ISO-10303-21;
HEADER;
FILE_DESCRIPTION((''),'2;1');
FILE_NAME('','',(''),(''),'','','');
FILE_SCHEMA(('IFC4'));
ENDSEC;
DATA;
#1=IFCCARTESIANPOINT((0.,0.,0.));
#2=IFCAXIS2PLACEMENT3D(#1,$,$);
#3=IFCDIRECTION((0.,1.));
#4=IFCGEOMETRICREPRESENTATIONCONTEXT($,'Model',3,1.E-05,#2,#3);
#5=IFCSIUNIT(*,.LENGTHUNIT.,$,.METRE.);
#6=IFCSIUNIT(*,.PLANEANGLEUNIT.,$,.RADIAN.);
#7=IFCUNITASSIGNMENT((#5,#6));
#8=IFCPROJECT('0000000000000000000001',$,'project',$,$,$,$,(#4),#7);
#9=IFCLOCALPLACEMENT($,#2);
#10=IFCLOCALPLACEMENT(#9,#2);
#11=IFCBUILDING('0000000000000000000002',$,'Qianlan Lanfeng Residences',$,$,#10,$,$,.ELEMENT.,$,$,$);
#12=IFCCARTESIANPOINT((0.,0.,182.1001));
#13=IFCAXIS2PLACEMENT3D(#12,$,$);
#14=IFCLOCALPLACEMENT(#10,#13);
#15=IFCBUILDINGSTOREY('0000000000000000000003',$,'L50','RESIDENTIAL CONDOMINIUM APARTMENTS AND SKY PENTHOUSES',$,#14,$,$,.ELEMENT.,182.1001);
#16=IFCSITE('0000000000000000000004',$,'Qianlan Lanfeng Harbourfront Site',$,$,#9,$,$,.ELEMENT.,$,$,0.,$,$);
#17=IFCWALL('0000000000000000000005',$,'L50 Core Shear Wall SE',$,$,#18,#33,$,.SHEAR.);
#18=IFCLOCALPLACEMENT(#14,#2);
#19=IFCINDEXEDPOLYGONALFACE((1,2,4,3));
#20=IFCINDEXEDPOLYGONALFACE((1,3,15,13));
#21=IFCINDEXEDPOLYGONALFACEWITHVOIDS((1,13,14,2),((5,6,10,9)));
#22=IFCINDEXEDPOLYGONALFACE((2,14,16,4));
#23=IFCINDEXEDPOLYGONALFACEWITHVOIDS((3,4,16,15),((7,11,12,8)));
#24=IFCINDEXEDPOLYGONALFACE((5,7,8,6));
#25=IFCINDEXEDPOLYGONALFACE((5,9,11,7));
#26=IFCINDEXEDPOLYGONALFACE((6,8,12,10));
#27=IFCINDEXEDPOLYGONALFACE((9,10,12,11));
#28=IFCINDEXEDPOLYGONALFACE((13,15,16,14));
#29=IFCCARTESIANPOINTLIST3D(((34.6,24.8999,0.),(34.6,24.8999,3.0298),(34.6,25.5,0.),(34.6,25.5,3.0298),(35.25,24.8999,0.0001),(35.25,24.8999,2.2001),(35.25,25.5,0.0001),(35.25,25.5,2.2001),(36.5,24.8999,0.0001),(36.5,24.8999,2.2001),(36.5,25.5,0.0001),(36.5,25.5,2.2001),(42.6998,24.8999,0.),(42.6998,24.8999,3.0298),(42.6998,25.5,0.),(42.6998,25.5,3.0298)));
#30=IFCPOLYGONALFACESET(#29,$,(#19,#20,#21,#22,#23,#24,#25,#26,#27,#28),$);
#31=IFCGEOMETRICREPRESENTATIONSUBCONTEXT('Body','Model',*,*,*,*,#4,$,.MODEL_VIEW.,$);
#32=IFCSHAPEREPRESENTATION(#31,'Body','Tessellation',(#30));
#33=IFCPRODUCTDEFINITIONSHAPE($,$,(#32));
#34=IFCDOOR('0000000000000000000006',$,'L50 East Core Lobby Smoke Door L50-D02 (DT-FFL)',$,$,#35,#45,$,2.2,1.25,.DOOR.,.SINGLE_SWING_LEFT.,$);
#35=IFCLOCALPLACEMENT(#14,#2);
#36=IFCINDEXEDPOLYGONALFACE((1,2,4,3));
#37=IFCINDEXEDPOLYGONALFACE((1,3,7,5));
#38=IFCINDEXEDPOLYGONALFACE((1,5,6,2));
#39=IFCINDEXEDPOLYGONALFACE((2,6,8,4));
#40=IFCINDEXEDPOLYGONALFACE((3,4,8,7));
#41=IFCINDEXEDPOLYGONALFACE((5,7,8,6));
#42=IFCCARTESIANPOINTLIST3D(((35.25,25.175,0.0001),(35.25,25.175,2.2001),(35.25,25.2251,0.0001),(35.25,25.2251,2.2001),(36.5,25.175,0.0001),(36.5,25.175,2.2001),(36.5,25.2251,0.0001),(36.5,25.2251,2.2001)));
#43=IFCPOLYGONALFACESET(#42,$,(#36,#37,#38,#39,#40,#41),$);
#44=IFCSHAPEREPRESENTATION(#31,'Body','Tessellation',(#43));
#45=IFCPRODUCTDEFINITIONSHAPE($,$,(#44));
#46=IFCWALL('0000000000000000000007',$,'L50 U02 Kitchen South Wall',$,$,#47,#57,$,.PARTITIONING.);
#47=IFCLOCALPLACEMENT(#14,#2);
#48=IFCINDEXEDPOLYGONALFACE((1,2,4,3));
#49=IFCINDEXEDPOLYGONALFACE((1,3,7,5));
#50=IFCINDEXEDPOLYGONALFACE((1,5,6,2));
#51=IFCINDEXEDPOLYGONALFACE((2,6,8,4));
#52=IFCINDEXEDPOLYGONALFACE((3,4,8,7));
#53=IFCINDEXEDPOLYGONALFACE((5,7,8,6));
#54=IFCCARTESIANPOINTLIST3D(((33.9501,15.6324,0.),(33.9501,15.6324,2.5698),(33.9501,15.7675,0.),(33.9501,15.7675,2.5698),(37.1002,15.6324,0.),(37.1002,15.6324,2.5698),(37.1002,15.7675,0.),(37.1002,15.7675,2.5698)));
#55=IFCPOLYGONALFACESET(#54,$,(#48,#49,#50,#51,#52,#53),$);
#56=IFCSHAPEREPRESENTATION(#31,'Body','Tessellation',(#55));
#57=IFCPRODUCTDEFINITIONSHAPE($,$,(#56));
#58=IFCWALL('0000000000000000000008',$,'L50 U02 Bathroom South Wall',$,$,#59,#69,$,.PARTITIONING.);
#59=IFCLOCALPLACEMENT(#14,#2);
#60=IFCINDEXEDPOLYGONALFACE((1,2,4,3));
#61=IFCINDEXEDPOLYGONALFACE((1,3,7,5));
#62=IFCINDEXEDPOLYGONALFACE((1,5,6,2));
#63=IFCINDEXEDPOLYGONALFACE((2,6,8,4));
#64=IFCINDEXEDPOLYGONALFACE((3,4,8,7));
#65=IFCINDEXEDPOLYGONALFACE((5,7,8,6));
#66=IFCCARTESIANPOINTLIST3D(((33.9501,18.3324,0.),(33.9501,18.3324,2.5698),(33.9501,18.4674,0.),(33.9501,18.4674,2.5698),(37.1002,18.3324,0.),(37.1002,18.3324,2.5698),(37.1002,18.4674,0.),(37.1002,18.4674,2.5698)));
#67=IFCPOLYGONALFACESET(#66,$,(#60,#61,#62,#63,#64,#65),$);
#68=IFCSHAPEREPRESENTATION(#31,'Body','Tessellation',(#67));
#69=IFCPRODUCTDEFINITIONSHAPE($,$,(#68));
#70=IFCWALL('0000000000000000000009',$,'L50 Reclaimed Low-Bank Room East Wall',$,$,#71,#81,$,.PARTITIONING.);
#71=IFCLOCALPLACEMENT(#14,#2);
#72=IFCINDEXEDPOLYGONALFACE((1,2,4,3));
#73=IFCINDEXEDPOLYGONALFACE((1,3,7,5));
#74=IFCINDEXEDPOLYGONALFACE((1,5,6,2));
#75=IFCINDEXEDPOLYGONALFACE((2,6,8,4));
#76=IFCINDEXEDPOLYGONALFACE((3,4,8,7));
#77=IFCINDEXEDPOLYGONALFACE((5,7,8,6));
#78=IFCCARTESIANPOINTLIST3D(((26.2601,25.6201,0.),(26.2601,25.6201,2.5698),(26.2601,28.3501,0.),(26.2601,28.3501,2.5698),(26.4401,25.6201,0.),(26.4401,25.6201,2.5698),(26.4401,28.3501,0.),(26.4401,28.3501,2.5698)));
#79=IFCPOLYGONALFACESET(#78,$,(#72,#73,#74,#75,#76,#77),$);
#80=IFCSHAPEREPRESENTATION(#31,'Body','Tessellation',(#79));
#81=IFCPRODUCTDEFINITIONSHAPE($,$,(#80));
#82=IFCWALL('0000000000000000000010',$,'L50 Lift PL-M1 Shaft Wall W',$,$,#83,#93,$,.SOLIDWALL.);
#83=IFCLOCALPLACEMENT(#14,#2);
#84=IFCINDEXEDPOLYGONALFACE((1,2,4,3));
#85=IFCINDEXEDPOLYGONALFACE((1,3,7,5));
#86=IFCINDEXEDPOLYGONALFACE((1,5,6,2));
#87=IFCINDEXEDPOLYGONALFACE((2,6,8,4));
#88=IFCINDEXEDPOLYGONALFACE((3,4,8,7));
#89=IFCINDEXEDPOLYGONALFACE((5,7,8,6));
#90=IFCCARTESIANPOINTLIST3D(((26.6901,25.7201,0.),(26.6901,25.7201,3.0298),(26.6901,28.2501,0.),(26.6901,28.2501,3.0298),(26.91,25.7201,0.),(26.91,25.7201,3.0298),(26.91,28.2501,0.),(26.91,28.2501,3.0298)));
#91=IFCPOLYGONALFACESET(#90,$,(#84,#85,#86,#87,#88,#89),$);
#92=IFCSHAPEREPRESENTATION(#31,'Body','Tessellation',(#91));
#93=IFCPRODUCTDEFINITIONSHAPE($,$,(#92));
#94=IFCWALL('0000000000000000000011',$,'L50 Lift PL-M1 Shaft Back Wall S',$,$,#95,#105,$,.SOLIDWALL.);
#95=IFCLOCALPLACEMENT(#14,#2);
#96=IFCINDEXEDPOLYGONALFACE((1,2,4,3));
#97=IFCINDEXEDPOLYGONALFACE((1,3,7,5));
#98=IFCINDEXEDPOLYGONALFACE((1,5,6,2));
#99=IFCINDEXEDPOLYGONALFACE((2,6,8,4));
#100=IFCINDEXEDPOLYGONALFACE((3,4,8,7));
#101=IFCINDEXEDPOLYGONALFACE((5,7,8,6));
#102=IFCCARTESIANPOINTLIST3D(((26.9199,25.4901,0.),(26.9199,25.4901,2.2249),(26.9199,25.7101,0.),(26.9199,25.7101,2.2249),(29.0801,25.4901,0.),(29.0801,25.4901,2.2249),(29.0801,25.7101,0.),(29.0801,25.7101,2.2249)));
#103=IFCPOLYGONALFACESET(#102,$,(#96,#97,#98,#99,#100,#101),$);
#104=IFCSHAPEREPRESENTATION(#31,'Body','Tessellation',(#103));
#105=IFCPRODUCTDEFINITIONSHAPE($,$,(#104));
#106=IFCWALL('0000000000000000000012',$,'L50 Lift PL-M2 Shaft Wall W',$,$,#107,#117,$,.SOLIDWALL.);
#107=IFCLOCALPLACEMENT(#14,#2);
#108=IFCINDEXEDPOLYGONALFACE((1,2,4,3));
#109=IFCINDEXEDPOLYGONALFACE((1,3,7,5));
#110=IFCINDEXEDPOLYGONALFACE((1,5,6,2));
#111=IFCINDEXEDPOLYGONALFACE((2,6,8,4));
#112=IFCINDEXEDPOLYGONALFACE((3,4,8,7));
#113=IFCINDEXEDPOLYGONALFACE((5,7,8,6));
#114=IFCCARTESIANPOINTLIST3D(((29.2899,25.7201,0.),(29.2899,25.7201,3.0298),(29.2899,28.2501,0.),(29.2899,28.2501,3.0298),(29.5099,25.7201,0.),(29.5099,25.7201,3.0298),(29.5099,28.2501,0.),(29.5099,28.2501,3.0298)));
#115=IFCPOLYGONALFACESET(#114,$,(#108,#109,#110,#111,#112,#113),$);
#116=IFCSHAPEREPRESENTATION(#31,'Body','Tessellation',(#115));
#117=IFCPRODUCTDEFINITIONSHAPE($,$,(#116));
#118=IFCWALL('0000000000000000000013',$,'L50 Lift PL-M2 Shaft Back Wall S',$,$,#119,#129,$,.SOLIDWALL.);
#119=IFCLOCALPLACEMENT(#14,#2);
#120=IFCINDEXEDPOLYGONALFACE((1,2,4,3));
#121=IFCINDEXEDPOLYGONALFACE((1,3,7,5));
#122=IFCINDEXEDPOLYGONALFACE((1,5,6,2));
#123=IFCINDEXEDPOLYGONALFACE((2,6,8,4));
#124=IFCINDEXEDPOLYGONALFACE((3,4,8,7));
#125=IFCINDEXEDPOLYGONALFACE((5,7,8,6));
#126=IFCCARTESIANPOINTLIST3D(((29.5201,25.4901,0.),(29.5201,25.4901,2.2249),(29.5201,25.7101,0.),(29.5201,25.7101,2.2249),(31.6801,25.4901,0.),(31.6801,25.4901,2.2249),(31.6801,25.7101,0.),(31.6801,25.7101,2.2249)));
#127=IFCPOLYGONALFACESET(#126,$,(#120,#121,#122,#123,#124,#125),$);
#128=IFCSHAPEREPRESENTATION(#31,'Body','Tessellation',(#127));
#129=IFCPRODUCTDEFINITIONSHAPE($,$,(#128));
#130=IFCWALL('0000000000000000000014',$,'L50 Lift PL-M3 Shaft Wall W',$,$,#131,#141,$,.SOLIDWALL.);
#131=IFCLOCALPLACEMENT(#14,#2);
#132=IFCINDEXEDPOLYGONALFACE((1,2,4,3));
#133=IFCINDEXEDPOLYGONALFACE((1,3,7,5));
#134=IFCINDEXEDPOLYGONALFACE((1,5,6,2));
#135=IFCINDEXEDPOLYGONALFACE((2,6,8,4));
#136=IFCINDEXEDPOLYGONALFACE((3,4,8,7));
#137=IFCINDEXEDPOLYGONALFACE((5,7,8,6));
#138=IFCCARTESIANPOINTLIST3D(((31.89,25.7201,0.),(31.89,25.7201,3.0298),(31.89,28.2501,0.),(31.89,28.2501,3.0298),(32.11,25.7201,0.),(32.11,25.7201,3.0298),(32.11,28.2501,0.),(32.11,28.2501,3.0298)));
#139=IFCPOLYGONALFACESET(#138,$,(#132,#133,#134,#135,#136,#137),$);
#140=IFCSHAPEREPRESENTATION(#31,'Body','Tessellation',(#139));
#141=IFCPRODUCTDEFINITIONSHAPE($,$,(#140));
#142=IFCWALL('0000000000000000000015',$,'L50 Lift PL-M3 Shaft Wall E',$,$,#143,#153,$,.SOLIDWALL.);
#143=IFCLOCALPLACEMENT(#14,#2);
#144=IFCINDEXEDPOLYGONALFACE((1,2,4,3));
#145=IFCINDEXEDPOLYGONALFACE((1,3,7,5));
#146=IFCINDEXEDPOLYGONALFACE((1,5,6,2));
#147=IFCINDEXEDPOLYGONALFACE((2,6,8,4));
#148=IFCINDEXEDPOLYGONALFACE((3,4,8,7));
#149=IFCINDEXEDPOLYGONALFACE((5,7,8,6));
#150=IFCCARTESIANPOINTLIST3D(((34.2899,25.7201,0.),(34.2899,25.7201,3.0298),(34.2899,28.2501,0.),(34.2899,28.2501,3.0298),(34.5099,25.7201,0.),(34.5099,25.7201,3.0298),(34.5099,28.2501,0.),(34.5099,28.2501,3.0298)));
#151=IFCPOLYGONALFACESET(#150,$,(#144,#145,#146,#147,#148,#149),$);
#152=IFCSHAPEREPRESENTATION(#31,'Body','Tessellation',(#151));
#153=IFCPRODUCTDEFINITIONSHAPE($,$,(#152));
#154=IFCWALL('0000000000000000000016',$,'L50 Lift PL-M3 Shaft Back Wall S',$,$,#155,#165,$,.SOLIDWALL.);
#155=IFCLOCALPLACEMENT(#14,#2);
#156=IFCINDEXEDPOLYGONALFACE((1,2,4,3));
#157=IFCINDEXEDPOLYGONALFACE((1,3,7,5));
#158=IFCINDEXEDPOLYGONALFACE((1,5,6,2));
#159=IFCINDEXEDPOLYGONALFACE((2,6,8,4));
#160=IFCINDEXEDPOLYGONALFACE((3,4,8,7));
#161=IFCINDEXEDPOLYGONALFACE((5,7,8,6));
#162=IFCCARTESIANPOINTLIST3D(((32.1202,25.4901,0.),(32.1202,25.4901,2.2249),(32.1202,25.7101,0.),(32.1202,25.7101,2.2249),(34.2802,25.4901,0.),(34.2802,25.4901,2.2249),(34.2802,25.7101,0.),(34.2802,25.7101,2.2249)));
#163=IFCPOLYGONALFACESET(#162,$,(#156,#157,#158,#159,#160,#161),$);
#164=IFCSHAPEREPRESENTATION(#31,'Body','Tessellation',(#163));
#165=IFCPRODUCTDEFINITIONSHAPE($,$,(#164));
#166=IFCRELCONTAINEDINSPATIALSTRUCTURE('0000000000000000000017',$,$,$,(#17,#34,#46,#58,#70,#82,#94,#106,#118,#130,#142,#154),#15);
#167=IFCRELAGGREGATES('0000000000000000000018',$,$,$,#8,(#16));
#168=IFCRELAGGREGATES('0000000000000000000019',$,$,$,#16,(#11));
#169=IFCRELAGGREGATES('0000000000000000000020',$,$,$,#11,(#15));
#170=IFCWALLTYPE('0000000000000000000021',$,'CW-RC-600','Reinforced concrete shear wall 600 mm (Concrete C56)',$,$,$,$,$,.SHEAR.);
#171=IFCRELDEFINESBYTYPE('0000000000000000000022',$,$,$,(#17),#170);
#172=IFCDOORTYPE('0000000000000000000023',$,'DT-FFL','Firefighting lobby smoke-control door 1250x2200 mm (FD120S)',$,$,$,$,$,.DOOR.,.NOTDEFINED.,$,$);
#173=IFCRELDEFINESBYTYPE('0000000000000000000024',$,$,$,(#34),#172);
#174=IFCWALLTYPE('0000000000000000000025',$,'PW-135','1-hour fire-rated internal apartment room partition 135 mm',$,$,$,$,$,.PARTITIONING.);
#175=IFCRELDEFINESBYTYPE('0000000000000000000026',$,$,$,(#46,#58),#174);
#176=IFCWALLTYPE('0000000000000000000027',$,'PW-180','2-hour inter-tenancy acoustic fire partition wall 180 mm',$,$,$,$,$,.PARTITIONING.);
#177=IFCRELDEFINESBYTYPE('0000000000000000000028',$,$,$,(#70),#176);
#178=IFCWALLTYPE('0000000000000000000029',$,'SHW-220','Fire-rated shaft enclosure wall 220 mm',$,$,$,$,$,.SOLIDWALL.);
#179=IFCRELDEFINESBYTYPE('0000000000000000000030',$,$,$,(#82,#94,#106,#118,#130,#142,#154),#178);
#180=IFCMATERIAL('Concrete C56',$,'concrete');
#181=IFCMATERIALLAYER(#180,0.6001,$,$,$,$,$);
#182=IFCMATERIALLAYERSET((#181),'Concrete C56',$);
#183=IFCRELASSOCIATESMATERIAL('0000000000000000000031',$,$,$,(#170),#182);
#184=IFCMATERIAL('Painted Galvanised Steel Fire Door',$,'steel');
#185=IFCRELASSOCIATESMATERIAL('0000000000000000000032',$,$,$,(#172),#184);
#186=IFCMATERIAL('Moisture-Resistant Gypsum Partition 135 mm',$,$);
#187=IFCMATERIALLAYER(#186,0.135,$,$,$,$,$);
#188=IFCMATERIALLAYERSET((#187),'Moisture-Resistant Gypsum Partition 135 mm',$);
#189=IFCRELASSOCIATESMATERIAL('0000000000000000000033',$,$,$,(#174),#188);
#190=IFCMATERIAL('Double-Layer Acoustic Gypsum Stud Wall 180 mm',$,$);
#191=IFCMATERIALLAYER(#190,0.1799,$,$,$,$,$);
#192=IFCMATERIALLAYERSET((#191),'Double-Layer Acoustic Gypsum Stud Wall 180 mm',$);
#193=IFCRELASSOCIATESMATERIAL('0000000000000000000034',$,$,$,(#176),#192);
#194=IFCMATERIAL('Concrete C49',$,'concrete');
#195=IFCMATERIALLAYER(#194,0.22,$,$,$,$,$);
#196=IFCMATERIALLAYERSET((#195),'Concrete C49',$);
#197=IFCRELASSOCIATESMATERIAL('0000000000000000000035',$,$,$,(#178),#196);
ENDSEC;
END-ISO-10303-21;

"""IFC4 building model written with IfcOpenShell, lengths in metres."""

from ifc_helpers import new_model, si_unit, direction, frame, frame_2d, origin, place, context, subcontext, project, spatial, rectangle, extrude, material, layer, layer_set, type_object, element, fill, save


model = new_model("IFC4")

# Units and contexts
model_context = context("Model", 3, precision=1e-05, world=origin(), true_north=direction((0.0, 1.0)))
body_context = subcontext(model_context, "Body", "Model", "MODEL_VIEW")
ifc_project = project(units=[si_unit("LENGTHUNIT", "METRE"), si_unit("PLANEANGLEUNIT", "RADIAN")], contexts=[model_context])

# Site, building, storey
site_placement = place(None, origin())
site = spatial("IfcSite", under=ifc_project, at=site_placement, Name="Qianlan Lanfeng Harbourfront Site", CompositionType="ELEMENT", RefElevation=0.0)
building_placement = place(site_placement, origin())
building = spatial("IfcBuilding", under=site, at=building_placement, Name="Qianlan Lanfeng Residences", CompositionType="ELEMENT")
storey_placement = place(building_placement, frame((0.0, 0.0, 182.1001)))
storey = spatial("IfcBuildingStorey", under=building, at=storey_placement, Name="L50", Description="RESIDENTIAL CONDOMINIUM APARTMENTS AND SKY PENTHOUSES", CompositionType="ELEMENT", Elevation=182.1001)

# Shared definitions
ifc_material_1 = material(Name="Concrete C49", Category="concrete")

# Wall, opening, door
ifc_material_2 = material(Name="Concrete C56", Category="concrete")
ifc_layer_1 = layer(ifc_material_2, 0.6001)
ifc_layer_set_1 = layer_set([ifc_layer_1], Name="Concrete C56")
wall_type_1 = type_object("IfcWallType", Name="CW-RC-600", Description="Reinforced concrete shear wall 600 mm (Concrete C56)", PredefinedType="SHEAR", material=ifc_layer_set_1)
wall_1_placement = place(storey_placement, frame((34.6001, 25.2, 0.0), z_axis=(0.0, 0.0, 1.0), x_axis=(1.0, 0.0, 0.0)))
wall_1 = element("IfcWall", 1, at=wall_1_placement, inside=storey, type_object=wall_type_1, Name="L50 Core Shear Wall SE", PredefinedType="SHEAR", context=body_context, shape_type="SweptSolid", body=[
    extrude(rectangle(XDim=8.0999, YDim=0.6001, at=frame_2d((4.0498, 0.0))), origin(), (0.0, 0.0, 1.0), 3.0298),
])
opening_1_placement = place(wall_1_placement, frame((0.6499, 0.0, 0.0)))
opening_1 = element("IfcOpeningElement", 2, at=opening_1_placement, cuts=wall_1, PredefinedType="OPENING", context=body_context, shape_type="SweptSolid", body=[
    extrude(rectangle(XDim=1.25, YDim=2.2, at=frame_2d((0.625, 1.1001))), frame((0.0, 0.3101, 0.0), z_axis=(0.0, -1.0, 0.0), x_axis=(1.0, 0.0, 0.0)), (0.0, 0.0, 1.0), 0.6201),
])
ifc_material_3 = material(Name="Painted Galvanised Steel Fire Door", Category="steel")
door_type_1 = type_object("IfcDoorType", Name="DT-FFL", Description="Firefighting lobby smoke-control door 1250x2200 mm (FD120S)", OperationType="NOTDEFINED", PredefinedType="DOOR", material=ifc_material_3)
door_1_placement = place(opening_1_placement, frame((1.25, 0.0, 0.0), z_axis=(0.0, 0.0, 1.0), x_axis=(-1.0, 0.0, 0.0)))
door_1 = element("IfcDoor", 3, at=door_1_placement, inside=storey, type_object=door_type_1, Name="L50 East Core Lobby Smoke Door L50-D02 (DT-FFL)", OperationType="SINGLE_SWING_LEFT", OverallHeight=2.2, OverallWidth=1.25, PredefinedType="DOOR", context=body_context, shape_type="SweptSolid", body=[
    extrude(rectangle(XDim=1.25, YDim=2.2, at=frame_2d((0.625, 1.1001))), frame((0.0, 0.0249, 0.0), z_axis=(0.0, -1.0, 0.0), x_axis=(1.0, 0.0, 0.0)), (0.0, 0.0, 1.0), 0.05),
])
fill(opening_1, door_1)

# Walls
ifc_material_4 = material(Name="Moisture-Resistant Gypsum Partition 135 mm")
ifc_layer_2 = layer(ifc_material_4, 0.135)
ifc_layer_set_2 = layer_set([ifc_layer_2], Name="Moisture-Resistant Gypsum Partition 135 mm")
wall_type_2 = type_object("IfcWallType", Name="PW-135", Description="1-hour fire-rated internal apartment room partition 135 mm", PredefinedType="PARTITIONING", material=ifc_layer_set_2)
for number, where, z_axis, x_axis, name in (
    (4, (33.95, 15.7, 0.0), (0.0, 0.0, 1.0), (1.0, 0.0, 0.0), "L50 U02 Kitchen South Wall"),
    (5, (33.95, 18.3999, 0.0), (0.0, 0.0, 1.0), (1.0, 0.0, 0.0), "L50 U02 Bathroom South Wall"),
):
    element("IfcWall", number, at=place(storey_placement, frame(where, z_axis=z_axis, x_axis=x_axis)), inside=storey, type_object=wall_type_2, Name=name, PredefinedType="PARTITIONING", context=body_context, shape_type="SweptSolid", body=[
        extrude(rectangle(XDim=3.1501, YDim=0.135, at=frame_2d((1.5752, 0.0))), origin(), (0.0, 0.0, 1.0), 2.5698),
    ])

# Shared definitions
ifc_material_5 = material(Name="Double-Layer Acoustic Gypsum Stud Wall 180 mm")
ifc_layer_3 = layer(ifc_material_5, 0.1799)
ifc_layer_set_3 = layer_set([ifc_layer_3], Name="Double-Layer Acoustic Gypsum Stud Wall 180 mm")
wall_type_3 = type_object("IfcWallType", Name="PW-180", Description="2-hour inter-tenancy acoustic fire partition wall 180 mm", PredefinedType="PARTITIONING", material=ifc_layer_set_3)

# Walls
wall_2_placement = place(storey_placement, frame((26.3501, 25.6201, 0.0), z_axis=(0.0, 0.0, 1.0), x_axis=(0.0, 1.0, 0.0)))
element("IfcWall", 6, at=wall_2_placement, inside=storey, type_object=wall_type_3, Name="L50 Reclaimed Low-Bank Room East Wall", PredefinedType="PARTITIONING", context=body_context, shape_type="SweptSolid", body=[
    extrude(rectangle(XDim=2.73, YDim=0.1799, at=frame_2d((1.365, 0.0))), origin(), (0.0, 0.0, 1.0), 2.5698),
])
ifc_layer_4 = layer(ifc_material_1, 0.22)
ifc_layer_set_4 = layer_set([ifc_layer_4], Name="Concrete C49")
wall_type_4 = type_object("IfcWallType", Name="SHW-220", Description="Fire-rated shaft enclosure wall 220 mm", PredefinedType="SOLIDWALL", material=ifc_layer_set_4)
wall_3_placement = place(storey_placement, frame((26.8, 25.72, 0.0), z_axis=(0.0, 0.0, 1.0), x_axis=(0.0, 1.0, 0.0)))
element("IfcWall", 7, at=wall_3_placement, inside=storey, type_object=wall_type_4, Name="L50 Lift PL-M1 Shaft Wall W", PredefinedType="SOLIDWALL", context=body_context, shape_type="SweptSolid", body=[
    extrude(rectangle(XDim=2.53, YDim=0.22, at=frame_2d((1.2651, 0.0))), origin(), (0.0, 0.0, 1.0), 3.0298),
])
wall_4_placement = place(storey_placement, frame((26.9199, 25.6001, 0.0), z_axis=(0.0, 0.0, 1.0), x_axis=(1.0, 0.0, 0.0)))
element("IfcWall", 8, at=wall_4_placement, inside=storey, type_object=wall_type_4, Name="L50 Lift PL-M1 Shaft Back Wall S", PredefinedType="SOLIDWALL", context=body_context, shape_type="SweptSolid", body=[
    extrude(rectangle(XDim=2.1602, YDim=0.22, at=frame_2d((1.0801, 0.0))), origin(), (0.0, 0.0, 1.0), 2.2249),
])
wall_5_placement = place(storey_placement, frame((29.3999, 25.72, 0.0), z_axis=(0.0, 0.0, 1.0), x_axis=(0.0, 1.0, 0.0)))
element("IfcWall", 9, at=wall_5_placement, inside=storey, type_object=wall_type_4, Name="L50 Lift PL-M2 Shaft Wall W", PredefinedType="SOLIDWALL", context=body_context, shape_type="SweptSolid", body=[
    extrude(rectangle(XDim=2.53, YDim=0.22, at=frame_2d((1.2651, 0.0))), origin(), (0.0, 0.0, 1.0), 3.0298),
])
wall_6_placement = place(storey_placement, frame((29.52, 25.6001, 0.0), z_axis=(0.0, 0.0, 1.0), x_axis=(1.0, 0.0, 0.0)))
element("IfcWall", 10, at=wall_6_placement, inside=storey, type_object=wall_type_4, Name="L50 Lift PL-M2 Shaft Back Wall S", PredefinedType="SOLIDWALL", context=body_context, shape_type="SweptSolid", body=[
    extrude(rectangle(XDim=2.1599, YDim=0.22, at=frame_2d((1.0801, 0.0))), origin(), (0.0, 0.0, 1.0), 2.2249),
])
for number, where, z_axis, x_axis, name in (
    (11, (32.0, 25.72, 0.0), (0.0, 0.0, 1.0), (0.0, 1.0, 0.0), "L50 Lift PL-M3 Shaft Wall W"),
    (12, (34.3999, 25.72, 0.0), (0.0, 0.0, 1.0), (0.0, 1.0, 0.0), "L50 Lift PL-M3 Shaft Wall E"),
):
    element("IfcWall", number, at=place(storey_placement, frame(where, z_axis=z_axis, x_axis=x_axis)), inside=storey, type_object=wall_type_4, Name=name, PredefinedType="SOLIDWALL", context=body_context, shape_type="SweptSolid", body=[
        extrude(rectangle(XDim=2.53, YDim=0.22, at=frame_2d((1.2651, 0.0))), origin(), (0.0, 0.0, 1.0), 3.0298),
    ])
wall_7_placement = place(storey_placement, frame((32.1201, 25.6001, 0.0), z_axis=(0.0, 0.0, 1.0), x_axis=(1.0, 0.0, 0.0)))
element("IfcWall", 13, at=wall_7_placement, inside=storey, type_object=wall_type_4, Name="L50 Lift PL-M3 Shaft Back Wall S", PredefinedType="SOLIDWALL", context=body_context, shape_type="SweptSolid", body=[
    extrude(rectangle(XDim=2.1599, YDim=0.22, at=frame_2d((1.0801, 0.0))), origin(), (0.0, 0.0, 1.0), 2.2249),
])

save(model, "model.ifc")
